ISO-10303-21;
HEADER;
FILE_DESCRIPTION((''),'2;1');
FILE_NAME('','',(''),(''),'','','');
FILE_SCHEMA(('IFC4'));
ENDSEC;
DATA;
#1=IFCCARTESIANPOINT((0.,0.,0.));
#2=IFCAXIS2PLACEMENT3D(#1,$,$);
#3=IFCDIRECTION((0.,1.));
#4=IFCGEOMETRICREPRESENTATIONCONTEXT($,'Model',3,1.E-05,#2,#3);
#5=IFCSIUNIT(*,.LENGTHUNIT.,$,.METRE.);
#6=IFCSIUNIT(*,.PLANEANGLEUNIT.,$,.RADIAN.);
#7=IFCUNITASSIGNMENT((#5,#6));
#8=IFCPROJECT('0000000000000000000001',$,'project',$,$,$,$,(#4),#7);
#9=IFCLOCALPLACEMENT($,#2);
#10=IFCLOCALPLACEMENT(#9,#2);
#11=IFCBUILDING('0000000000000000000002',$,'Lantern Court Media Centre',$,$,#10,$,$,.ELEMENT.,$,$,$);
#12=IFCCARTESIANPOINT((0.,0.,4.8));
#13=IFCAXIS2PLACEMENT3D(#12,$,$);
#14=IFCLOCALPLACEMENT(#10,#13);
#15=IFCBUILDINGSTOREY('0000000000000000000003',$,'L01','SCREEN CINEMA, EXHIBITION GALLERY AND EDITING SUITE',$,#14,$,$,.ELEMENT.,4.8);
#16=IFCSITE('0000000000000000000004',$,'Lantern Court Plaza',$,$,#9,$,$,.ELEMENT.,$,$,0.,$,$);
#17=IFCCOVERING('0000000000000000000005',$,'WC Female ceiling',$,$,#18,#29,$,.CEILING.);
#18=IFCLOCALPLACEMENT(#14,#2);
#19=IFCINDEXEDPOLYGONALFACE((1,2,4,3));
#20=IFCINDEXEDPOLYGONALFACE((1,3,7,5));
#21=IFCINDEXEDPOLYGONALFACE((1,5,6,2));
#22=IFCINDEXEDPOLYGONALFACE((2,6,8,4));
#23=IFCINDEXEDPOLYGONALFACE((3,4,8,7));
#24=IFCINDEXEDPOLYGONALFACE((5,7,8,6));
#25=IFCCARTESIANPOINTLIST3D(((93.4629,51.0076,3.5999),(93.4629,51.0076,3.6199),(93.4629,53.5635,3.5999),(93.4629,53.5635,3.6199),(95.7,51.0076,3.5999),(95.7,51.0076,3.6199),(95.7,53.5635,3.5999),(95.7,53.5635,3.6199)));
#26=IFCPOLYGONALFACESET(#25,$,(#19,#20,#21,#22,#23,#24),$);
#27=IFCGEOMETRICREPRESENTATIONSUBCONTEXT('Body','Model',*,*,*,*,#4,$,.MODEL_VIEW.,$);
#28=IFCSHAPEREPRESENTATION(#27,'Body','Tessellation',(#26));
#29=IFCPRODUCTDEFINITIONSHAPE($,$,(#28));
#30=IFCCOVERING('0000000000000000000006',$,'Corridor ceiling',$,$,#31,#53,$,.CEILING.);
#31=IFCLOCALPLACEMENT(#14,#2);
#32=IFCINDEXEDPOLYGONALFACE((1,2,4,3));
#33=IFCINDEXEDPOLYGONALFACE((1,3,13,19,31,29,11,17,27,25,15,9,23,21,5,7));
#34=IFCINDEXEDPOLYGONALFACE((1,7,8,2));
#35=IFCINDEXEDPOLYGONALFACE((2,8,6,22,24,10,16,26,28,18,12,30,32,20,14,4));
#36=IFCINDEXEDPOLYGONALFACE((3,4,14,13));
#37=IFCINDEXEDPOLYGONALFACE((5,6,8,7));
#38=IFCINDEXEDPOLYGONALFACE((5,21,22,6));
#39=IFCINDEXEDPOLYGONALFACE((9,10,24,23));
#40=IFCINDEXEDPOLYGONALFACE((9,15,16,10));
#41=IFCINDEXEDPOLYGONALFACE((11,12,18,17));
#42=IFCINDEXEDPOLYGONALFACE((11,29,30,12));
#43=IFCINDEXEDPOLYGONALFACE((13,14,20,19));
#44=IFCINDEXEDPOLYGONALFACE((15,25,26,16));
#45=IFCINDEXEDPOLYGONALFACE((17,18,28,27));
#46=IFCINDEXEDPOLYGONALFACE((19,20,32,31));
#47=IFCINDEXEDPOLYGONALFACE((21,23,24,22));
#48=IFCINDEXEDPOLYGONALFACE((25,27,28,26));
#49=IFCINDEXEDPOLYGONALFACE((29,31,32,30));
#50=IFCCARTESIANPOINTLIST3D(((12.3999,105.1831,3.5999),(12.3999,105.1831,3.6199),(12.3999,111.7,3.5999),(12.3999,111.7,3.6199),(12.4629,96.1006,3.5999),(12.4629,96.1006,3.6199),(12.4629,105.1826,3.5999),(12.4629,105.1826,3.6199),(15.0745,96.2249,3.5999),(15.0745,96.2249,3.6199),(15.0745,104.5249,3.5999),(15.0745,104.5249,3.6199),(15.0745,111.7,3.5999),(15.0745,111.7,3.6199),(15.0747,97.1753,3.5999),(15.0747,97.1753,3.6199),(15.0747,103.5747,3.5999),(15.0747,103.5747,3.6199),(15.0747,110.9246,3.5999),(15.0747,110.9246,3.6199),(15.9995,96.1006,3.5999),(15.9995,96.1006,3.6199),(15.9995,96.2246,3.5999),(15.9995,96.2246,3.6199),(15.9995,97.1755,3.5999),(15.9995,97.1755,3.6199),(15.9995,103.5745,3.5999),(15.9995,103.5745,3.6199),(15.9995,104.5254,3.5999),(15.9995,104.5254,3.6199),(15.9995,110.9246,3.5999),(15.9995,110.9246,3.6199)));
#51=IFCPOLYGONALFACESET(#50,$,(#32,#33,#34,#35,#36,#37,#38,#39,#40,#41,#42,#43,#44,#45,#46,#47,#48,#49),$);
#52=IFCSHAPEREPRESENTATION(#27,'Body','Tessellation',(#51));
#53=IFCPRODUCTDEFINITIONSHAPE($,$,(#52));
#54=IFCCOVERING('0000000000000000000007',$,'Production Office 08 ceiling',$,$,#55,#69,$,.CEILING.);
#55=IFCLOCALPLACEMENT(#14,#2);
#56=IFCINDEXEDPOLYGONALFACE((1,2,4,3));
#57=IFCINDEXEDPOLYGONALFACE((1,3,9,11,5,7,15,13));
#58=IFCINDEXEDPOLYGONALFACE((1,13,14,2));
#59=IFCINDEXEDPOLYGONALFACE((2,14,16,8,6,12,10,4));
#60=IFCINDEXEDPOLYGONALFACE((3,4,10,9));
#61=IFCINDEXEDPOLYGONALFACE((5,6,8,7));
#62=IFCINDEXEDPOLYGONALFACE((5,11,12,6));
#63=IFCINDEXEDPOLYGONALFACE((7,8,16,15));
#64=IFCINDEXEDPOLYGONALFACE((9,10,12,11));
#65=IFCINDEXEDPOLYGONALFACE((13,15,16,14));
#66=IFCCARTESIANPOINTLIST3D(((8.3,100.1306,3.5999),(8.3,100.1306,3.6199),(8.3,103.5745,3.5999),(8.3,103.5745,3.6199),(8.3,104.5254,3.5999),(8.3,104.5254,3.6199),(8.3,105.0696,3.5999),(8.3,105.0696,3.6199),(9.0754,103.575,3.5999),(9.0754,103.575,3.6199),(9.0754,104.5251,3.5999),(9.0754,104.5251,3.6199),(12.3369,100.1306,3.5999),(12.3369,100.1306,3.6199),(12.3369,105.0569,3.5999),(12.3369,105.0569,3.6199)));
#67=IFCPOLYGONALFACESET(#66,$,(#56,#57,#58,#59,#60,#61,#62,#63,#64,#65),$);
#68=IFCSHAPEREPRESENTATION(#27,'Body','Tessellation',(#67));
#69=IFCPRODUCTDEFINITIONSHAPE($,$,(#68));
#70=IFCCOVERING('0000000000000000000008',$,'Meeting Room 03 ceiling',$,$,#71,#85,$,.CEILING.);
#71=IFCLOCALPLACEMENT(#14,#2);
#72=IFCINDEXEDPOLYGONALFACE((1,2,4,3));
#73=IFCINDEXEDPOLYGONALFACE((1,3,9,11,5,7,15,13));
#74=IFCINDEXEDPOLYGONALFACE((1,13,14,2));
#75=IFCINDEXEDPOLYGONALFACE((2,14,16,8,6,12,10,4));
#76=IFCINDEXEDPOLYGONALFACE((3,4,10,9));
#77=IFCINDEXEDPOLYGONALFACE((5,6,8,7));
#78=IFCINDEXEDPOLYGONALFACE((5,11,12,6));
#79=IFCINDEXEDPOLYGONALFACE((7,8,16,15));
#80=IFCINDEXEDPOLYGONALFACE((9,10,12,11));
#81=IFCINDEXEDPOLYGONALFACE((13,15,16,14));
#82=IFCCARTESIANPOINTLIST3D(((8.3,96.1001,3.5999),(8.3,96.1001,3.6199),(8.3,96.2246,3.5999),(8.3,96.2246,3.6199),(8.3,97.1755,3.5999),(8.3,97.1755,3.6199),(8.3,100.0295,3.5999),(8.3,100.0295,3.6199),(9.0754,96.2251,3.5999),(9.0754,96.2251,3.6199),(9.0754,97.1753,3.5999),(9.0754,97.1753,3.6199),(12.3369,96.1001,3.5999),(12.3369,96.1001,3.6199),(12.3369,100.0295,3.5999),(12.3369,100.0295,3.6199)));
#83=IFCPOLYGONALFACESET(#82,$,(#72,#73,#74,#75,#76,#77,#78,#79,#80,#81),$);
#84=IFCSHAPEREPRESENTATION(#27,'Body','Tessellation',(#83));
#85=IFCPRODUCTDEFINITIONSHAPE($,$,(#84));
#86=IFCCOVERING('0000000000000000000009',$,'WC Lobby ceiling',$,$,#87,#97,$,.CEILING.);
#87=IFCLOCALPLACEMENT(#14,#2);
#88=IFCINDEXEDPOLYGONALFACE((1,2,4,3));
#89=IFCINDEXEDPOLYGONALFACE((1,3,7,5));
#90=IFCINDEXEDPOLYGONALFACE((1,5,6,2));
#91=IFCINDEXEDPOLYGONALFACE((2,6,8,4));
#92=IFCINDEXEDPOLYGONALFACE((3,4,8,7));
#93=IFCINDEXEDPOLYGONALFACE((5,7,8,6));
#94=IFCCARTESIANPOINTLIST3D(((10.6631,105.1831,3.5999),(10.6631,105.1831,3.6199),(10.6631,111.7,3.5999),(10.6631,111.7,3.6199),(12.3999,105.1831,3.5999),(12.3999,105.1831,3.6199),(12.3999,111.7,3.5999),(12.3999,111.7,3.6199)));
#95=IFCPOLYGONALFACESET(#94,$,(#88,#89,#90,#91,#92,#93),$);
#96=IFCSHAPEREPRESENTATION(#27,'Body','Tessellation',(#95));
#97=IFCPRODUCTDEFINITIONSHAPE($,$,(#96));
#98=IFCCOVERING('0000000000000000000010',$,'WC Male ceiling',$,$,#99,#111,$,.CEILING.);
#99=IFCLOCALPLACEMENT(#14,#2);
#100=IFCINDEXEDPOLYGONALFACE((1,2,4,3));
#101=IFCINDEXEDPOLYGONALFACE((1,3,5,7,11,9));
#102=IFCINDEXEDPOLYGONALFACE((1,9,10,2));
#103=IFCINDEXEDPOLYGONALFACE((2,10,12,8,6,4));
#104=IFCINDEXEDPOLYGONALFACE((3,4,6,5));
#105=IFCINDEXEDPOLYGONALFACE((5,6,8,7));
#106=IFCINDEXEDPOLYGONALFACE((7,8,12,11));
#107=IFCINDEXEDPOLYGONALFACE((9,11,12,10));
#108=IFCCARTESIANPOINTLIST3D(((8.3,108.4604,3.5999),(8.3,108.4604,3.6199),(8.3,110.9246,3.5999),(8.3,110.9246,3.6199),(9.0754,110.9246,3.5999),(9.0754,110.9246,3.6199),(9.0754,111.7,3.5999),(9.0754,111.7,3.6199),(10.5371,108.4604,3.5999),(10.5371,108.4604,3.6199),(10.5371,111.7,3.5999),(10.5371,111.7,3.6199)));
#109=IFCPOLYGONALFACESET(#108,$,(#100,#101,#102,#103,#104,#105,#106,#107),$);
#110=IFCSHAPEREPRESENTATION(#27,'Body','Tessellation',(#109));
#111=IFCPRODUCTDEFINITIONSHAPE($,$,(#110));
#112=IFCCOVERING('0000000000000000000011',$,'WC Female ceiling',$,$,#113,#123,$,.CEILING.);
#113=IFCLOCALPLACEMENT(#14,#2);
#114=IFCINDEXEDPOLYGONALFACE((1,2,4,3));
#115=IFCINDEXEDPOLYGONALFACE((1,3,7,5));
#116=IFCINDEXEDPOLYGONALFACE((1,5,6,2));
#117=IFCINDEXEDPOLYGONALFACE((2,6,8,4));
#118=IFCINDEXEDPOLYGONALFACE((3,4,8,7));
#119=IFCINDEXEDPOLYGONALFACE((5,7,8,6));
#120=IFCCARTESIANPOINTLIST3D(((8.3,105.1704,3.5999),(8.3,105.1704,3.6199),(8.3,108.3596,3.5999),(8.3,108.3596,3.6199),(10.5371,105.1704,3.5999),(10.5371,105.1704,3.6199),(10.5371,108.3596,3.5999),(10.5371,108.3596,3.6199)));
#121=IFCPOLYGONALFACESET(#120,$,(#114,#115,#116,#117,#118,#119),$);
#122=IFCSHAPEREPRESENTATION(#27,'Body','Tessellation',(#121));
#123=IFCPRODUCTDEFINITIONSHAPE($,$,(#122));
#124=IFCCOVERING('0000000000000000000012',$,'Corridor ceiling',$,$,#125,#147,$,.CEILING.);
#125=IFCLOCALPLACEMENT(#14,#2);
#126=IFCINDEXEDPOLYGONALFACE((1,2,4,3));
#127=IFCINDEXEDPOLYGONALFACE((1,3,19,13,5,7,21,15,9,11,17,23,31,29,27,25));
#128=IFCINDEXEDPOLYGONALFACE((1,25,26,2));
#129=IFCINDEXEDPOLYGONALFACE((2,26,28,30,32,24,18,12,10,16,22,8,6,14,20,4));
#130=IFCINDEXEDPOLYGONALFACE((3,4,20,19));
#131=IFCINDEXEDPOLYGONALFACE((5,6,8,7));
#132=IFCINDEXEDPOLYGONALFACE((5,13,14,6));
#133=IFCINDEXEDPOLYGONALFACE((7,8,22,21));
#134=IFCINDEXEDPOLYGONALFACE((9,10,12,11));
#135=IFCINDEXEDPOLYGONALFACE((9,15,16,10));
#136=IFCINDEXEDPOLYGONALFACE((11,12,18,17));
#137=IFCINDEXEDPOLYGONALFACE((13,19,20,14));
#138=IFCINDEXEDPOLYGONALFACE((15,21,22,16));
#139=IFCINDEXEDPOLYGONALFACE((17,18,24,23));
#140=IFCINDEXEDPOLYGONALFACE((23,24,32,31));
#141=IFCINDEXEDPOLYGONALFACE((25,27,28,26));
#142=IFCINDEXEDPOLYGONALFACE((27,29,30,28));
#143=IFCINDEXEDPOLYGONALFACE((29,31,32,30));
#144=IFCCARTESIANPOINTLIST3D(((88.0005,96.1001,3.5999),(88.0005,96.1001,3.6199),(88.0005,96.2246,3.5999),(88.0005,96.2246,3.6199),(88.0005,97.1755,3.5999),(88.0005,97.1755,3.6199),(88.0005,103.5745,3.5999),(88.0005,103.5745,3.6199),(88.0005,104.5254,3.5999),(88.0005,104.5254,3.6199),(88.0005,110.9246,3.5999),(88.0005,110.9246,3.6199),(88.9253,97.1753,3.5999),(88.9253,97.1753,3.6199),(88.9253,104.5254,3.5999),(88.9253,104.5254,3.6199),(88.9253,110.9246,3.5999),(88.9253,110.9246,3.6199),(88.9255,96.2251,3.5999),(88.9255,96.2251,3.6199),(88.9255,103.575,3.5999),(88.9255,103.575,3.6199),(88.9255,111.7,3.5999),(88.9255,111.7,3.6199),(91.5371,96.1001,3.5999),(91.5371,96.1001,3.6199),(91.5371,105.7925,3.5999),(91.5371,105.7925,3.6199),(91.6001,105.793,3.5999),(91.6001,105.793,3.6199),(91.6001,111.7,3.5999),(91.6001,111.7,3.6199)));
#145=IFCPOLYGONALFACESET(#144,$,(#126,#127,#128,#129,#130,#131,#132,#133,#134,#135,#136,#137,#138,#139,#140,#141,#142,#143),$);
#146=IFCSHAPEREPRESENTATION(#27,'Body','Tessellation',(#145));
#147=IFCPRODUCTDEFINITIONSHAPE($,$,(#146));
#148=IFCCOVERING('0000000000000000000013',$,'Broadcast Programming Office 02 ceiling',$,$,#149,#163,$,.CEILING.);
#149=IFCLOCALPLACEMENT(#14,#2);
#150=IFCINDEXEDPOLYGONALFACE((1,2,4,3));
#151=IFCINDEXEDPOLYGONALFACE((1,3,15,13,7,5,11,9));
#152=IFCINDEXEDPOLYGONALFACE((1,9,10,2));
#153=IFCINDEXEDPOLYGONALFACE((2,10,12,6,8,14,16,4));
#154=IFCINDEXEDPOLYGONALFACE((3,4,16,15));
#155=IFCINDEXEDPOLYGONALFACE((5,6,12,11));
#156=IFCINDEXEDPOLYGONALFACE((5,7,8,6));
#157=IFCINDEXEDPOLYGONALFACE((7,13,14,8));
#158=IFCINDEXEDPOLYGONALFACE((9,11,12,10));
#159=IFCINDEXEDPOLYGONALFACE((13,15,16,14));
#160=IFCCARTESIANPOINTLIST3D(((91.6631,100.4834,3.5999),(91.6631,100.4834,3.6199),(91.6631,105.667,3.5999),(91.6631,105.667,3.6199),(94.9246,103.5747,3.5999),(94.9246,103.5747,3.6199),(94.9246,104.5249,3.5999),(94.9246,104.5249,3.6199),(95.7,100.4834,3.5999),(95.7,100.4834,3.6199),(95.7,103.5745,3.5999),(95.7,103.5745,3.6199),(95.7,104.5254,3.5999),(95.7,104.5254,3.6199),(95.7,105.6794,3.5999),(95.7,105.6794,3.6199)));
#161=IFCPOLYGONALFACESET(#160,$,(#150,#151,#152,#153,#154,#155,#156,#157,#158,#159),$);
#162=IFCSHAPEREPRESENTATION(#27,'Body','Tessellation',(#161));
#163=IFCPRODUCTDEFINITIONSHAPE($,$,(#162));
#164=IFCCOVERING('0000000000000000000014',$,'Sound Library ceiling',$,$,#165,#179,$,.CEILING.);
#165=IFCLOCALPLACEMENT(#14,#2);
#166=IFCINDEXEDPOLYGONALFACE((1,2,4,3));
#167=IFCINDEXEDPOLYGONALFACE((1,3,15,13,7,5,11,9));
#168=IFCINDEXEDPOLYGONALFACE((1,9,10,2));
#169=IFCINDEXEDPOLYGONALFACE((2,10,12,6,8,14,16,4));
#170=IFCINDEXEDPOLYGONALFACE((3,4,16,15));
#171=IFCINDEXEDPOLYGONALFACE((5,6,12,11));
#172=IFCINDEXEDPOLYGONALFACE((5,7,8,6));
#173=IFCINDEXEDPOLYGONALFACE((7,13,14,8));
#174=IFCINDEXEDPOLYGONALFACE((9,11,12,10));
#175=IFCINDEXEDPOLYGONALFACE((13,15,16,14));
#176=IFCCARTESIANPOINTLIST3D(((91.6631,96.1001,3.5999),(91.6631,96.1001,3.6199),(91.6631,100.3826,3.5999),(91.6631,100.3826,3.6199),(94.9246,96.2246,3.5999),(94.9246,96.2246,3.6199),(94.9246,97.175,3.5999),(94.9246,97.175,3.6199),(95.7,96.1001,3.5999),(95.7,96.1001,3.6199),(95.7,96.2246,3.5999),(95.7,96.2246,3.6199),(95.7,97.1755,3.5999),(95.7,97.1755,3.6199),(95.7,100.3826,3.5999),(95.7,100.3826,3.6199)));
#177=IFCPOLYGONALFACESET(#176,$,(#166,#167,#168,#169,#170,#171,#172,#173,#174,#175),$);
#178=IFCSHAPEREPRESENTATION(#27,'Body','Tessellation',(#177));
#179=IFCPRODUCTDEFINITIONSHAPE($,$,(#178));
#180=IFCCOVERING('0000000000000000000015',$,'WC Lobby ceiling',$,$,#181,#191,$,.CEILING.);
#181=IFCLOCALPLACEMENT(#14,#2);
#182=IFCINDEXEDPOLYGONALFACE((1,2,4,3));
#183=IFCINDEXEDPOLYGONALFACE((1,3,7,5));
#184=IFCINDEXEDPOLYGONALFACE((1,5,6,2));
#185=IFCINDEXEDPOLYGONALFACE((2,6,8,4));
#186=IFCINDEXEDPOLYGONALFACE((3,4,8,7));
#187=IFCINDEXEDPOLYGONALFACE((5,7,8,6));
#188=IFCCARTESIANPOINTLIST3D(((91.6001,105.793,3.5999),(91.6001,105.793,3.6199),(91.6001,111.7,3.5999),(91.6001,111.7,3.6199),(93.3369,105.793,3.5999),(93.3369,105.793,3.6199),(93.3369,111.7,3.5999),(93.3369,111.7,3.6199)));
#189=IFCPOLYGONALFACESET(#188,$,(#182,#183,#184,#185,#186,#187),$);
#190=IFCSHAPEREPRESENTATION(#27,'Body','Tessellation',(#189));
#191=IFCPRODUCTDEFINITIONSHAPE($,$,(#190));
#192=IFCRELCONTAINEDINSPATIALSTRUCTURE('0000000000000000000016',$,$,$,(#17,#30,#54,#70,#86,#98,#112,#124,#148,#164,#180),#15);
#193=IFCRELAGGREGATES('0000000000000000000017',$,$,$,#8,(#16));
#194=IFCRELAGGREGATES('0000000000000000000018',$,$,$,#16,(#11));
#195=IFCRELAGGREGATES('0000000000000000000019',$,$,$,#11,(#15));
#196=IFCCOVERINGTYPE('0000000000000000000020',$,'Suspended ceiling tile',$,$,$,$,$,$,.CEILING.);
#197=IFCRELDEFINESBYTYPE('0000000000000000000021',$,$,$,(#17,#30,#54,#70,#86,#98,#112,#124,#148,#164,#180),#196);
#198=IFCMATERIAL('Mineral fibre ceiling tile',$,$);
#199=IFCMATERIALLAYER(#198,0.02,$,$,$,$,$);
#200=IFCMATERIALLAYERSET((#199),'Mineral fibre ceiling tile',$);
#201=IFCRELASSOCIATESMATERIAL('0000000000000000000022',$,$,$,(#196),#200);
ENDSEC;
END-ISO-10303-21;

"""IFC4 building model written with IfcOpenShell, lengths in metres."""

from ifc_helpers import new_model, si_unit, direction, frame, origin, place, context, subcontext, project, spatial, polyline, outline, extrude, material, layer, layer_set, type_object, element, save


model = new_model("IFC4")

# Units and contexts
model_context = context("Model", 3, precision=1e-05, world=origin(), true_north=direction((0.0, 1.0)))
body_context = subcontext(model_context, "Body", "Model", "MODEL_VIEW")
ifc_project = project(units=[si_unit("LENGTHUNIT", "METRE"), si_unit("PLANEANGLEUNIT", "RADIAN")], contexts=[model_context])

# Site, building, storey
site_placement = place(None, origin())
site = spatial("IfcSite", under=ifc_project, at=site_placement, Name="Lantern Court Plaza", CompositionType="ELEMENT", RefElevation=0.0)
building_placement = place(site_placement, origin())
building = spatial("IfcBuilding", under=site, at=building_placement, Name="Lantern Court Media Centre", CompositionType="ELEMENT")
storey_placement = place(building_placement, frame((0.0, 0.0, 4.8)))
storey = spatial("IfcBuildingStorey", under=building, at=storey_placement, Name="L01", Description="SCREEN CINEMA, EXHIBITION GALLERY AND EDITING SUITE", CompositionType="ELEMENT", Elevation=4.8)

# Coverings
ifc_material = material(Name="Mineral fibre ceiling tile")
ifc_layer = layer(ifc_material, 0.02)
ifc_layer_set = layer_set([ifc_layer], Name="Mineral fibre ceiling tile")
covering_type = type_object("IfcCoveringType", Name="Suspended ceiling tile", PredefinedType="CEILING", material=ifc_layer_set)
covering_1_placement = place(storey_placement, frame((0.0, 0.0, 3.5999)))
element("IfcCovering", 1, at=covering_1_placement, inside=storey, type_object=covering_type, Name="WC Female ceiling", PredefinedType="CEILING", context=body_context, shape_type="SweptSolid", body=[
    extrude(outline(polyline([(95.7, 51.0076), (93.4629, 51.0076), (93.4629, 53.5635), (95.7, 53.5635), (95.7, 51.0076)])), origin(), (0.0, 0.0, 1.0), 0.02),
])
covering_2_placement = place(storey_placement, frame((0.0, 0.0, 3.5999)))
element("IfcCovering", 2, at=covering_2_placement, inside=storey, type_object=covering_type, Name="Corridor ceiling", PredefinedType="CEILING", context=body_context, shape_type="SweptSolid", body=[
    extrude(outline(polyline([(12.3999, 111.7), (15.0745, 111.7), (15.0747, 110.9246), (15.9995, 110.9246), (15.9995, 104.5254), (15.0745, 104.5249), (15.0747, 103.5747), (15.9995, 103.5745), (15.9995, 97.1755), (15.0747, 97.1753), (15.0745, 96.2249), (15.9995, 96.2246), (15.9995, 96.1006), (12.4629, 96.1006), (12.4629, 105.1826), (12.3999, 105.1831), (12.3999, 111.7)])), origin(), (0.0, 0.0, 1.0), 0.02),
])
covering_3_placement = place(storey_placement, frame((0.0, 0.0, 3.5999)))
element("IfcCovering", 3, at=covering_3_placement, inside=storey, type_object=covering_type, Name="Production Office 08 ceiling", PredefinedType="CEILING", context=body_context, shape_type="SweptSolid", body=[
    extrude(outline(polyline([(8.3, 105.0696), (12.3369, 105.0569), (12.3369, 100.1306), (8.3, 100.1306), (8.3, 103.5745), (9.0754, 103.575), (9.0754, 104.5251), (8.3, 104.5254), (8.3, 105.0696)])), origin(), (0.0, 0.0, 1.0), 0.02),
])
covering_4_placement = place(storey_placement, frame((0.0, 0.0, 3.5999)))
element("IfcCovering", 4, at=covering_4_placement, inside=storey, type_object=covering_type, Name="Meeting Room 03 ceiling", PredefinedType="CEILING", context=body_context, shape_type="SweptSolid", body=[
    extrude(outline(polyline([(8.3, 100.0295), (12.3369, 100.0295), (12.3369, 96.1001), (8.3, 96.1001), (8.3, 96.2246), (9.0754, 96.2251), (9.0754, 97.1753), (8.3, 97.1755), (8.3, 100.0295)])), origin(), (0.0, 0.0, 1.0), 0.02),
])
covering_5_placement = place(storey_placement, frame((0.0, 0.0, 3.5999)))
element("IfcCovering", 5, at=covering_5_placement, inside=storey, type_object=covering_type, Name="WC Lobby ceiling", PredefinedType="CEILING", context=body_context, shape_type="SweptSolid", body=[
    extrude(outline(polyline([(12.3999, 111.7), (12.3999, 105.1831), (10.6631, 105.1831), (10.6631, 111.7), (12.3999, 111.7)])), origin(), (0.0, 0.0, 1.0), 0.02),
])
covering_6_placement = place(storey_placement, frame((0.0, 0.0, 3.5999)))
element("IfcCovering", 6, at=covering_6_placement, inside=storey, type_object=covering_type, Name="WC Male ceiling", PredefinedType="CEILING", context=body_context, shape_type="SweptSolid", body=[
    extrude(outline(polyline([(10.5371, 111.7), (10.5371, 108.4604), (8.3, 108.4604), (8.3, 110.9246), (9.0754, 110.9246), (9.0754, 111.7), (10.5371, 111.7)])), origin(), (0.0, 0.0, 1.0), 0.02),
])
covering_7_placement = place(storey_placement, frame((0.0, 0.0, 3.5999)))
element("IfcCovering", 7, at=covering_7_placement, inside=storey, type_object=covering_type, Name="WC Female ceiling", PredefinedType="CEILING", context=body_context, shape_type="SweptSolid", body=[
    extrude(outline(polyline([(8.3, 108.3596), (10.5371, 108.3596), (10.5371, 105.1704), (8.3, 105.1704), (8.3, 108.3596)])), origin(), (0.0, 0.0, 1.0), 0.02),
])
covering_8_placement = place(storey_placement, frame((0.0, 0.0, 3.5999)))
element("IfcCovering", 8, at=covering_8_placement, inside=storey, type_object=covering_type, Name="Corridor ceiling", PredefinedType="CEILING", context=body_context, shape_type="SweptSolid", body=[
    extrude(outline(polyline([(91.6001, 111.7), (91.6001, 105.793), (91.5371, 105.7925), (91.5371, 96.1001), (88.0005, 96.1001), (88.0005, 96.2246), (88.9255, 96.2251), (88.9253, 97.1753), (88.0005, 97.1755), (88.0005, 103.5745), (88.9255, 103.575), (88.9253, 104.5254), (88.0005, 104.5254), (88.0005, 110.9246), (88.9253, 110.9246), (88.9255, 111.7), (91.6001, 111.7)])), origin(), (0.0, 0.0, 1.0), 0.02),
])
covering_9_placement = place(storey_placement, frame((0.0, 0.0, 3.5999)))
element("IfcCovering", 9, at=covering_9_placement, inside=storey, type_object=covering_type, Name="Broadcast Programming Office 02 ceiling", PredefinedType="CEILING", context=body_context, shape_type="SweptSolid", body=[
    extrude(outline(polyline([(95.7, 100.4834), (91.6631, 100.4834), (91.6631, 105.667), (95.7, 105.6794), (95.7, 104.5254), (94.9246, 104.5249), (94.9246, 103.5747), (95.7, 103.5745), (95.7, 100.4834)])), origin(), (0.0, 0.0, 1.0), 0.02),
])
covering_10_placement = place(storey_placement, frame((0.0, 0.0, 3.5999)))
element("IfcCovering", 10, at=covering_10_placement, inside=storey, type_object=covering_type, Name="Sound Library ceiling", PredefinedType="CEILING", context=body_context, shape_type="SweptSolid", body=[
    extrude(outline(polyline([(95.7, 96.1001), (91.6631, 96.1001), (91.6631, 100.3826), (95.7, 100.3826), (95.7, 97.1755), (94.9246, 97.175), (94.9246, 96.2246), (95.7, 96.2246), (95.7, 96.1001)])), origin(), (0.0, 0.0, 1.0), 0.02),
])
covering_11_placement = place(storey_placement, frame((0.0, 0.0, 3.5999)))
element("IfcCovering", 11, at=covering_11_placement, inside=storey, type_object=covering_type, Name="WC Lobby ceiling", PredefinedType="CEILING", context=body_context, shape_type="SweptSolid", body=[
    extrude(outline(polyline([(91.6001, 111.7), (93.3369, 111.7), (93.3369, 105.793), (91.6001, 105.793), (91.6001, 111.7)])), origin(), (0.0, 0.0, 1.0), 0.02),
])

save(model, "model.ifc")
